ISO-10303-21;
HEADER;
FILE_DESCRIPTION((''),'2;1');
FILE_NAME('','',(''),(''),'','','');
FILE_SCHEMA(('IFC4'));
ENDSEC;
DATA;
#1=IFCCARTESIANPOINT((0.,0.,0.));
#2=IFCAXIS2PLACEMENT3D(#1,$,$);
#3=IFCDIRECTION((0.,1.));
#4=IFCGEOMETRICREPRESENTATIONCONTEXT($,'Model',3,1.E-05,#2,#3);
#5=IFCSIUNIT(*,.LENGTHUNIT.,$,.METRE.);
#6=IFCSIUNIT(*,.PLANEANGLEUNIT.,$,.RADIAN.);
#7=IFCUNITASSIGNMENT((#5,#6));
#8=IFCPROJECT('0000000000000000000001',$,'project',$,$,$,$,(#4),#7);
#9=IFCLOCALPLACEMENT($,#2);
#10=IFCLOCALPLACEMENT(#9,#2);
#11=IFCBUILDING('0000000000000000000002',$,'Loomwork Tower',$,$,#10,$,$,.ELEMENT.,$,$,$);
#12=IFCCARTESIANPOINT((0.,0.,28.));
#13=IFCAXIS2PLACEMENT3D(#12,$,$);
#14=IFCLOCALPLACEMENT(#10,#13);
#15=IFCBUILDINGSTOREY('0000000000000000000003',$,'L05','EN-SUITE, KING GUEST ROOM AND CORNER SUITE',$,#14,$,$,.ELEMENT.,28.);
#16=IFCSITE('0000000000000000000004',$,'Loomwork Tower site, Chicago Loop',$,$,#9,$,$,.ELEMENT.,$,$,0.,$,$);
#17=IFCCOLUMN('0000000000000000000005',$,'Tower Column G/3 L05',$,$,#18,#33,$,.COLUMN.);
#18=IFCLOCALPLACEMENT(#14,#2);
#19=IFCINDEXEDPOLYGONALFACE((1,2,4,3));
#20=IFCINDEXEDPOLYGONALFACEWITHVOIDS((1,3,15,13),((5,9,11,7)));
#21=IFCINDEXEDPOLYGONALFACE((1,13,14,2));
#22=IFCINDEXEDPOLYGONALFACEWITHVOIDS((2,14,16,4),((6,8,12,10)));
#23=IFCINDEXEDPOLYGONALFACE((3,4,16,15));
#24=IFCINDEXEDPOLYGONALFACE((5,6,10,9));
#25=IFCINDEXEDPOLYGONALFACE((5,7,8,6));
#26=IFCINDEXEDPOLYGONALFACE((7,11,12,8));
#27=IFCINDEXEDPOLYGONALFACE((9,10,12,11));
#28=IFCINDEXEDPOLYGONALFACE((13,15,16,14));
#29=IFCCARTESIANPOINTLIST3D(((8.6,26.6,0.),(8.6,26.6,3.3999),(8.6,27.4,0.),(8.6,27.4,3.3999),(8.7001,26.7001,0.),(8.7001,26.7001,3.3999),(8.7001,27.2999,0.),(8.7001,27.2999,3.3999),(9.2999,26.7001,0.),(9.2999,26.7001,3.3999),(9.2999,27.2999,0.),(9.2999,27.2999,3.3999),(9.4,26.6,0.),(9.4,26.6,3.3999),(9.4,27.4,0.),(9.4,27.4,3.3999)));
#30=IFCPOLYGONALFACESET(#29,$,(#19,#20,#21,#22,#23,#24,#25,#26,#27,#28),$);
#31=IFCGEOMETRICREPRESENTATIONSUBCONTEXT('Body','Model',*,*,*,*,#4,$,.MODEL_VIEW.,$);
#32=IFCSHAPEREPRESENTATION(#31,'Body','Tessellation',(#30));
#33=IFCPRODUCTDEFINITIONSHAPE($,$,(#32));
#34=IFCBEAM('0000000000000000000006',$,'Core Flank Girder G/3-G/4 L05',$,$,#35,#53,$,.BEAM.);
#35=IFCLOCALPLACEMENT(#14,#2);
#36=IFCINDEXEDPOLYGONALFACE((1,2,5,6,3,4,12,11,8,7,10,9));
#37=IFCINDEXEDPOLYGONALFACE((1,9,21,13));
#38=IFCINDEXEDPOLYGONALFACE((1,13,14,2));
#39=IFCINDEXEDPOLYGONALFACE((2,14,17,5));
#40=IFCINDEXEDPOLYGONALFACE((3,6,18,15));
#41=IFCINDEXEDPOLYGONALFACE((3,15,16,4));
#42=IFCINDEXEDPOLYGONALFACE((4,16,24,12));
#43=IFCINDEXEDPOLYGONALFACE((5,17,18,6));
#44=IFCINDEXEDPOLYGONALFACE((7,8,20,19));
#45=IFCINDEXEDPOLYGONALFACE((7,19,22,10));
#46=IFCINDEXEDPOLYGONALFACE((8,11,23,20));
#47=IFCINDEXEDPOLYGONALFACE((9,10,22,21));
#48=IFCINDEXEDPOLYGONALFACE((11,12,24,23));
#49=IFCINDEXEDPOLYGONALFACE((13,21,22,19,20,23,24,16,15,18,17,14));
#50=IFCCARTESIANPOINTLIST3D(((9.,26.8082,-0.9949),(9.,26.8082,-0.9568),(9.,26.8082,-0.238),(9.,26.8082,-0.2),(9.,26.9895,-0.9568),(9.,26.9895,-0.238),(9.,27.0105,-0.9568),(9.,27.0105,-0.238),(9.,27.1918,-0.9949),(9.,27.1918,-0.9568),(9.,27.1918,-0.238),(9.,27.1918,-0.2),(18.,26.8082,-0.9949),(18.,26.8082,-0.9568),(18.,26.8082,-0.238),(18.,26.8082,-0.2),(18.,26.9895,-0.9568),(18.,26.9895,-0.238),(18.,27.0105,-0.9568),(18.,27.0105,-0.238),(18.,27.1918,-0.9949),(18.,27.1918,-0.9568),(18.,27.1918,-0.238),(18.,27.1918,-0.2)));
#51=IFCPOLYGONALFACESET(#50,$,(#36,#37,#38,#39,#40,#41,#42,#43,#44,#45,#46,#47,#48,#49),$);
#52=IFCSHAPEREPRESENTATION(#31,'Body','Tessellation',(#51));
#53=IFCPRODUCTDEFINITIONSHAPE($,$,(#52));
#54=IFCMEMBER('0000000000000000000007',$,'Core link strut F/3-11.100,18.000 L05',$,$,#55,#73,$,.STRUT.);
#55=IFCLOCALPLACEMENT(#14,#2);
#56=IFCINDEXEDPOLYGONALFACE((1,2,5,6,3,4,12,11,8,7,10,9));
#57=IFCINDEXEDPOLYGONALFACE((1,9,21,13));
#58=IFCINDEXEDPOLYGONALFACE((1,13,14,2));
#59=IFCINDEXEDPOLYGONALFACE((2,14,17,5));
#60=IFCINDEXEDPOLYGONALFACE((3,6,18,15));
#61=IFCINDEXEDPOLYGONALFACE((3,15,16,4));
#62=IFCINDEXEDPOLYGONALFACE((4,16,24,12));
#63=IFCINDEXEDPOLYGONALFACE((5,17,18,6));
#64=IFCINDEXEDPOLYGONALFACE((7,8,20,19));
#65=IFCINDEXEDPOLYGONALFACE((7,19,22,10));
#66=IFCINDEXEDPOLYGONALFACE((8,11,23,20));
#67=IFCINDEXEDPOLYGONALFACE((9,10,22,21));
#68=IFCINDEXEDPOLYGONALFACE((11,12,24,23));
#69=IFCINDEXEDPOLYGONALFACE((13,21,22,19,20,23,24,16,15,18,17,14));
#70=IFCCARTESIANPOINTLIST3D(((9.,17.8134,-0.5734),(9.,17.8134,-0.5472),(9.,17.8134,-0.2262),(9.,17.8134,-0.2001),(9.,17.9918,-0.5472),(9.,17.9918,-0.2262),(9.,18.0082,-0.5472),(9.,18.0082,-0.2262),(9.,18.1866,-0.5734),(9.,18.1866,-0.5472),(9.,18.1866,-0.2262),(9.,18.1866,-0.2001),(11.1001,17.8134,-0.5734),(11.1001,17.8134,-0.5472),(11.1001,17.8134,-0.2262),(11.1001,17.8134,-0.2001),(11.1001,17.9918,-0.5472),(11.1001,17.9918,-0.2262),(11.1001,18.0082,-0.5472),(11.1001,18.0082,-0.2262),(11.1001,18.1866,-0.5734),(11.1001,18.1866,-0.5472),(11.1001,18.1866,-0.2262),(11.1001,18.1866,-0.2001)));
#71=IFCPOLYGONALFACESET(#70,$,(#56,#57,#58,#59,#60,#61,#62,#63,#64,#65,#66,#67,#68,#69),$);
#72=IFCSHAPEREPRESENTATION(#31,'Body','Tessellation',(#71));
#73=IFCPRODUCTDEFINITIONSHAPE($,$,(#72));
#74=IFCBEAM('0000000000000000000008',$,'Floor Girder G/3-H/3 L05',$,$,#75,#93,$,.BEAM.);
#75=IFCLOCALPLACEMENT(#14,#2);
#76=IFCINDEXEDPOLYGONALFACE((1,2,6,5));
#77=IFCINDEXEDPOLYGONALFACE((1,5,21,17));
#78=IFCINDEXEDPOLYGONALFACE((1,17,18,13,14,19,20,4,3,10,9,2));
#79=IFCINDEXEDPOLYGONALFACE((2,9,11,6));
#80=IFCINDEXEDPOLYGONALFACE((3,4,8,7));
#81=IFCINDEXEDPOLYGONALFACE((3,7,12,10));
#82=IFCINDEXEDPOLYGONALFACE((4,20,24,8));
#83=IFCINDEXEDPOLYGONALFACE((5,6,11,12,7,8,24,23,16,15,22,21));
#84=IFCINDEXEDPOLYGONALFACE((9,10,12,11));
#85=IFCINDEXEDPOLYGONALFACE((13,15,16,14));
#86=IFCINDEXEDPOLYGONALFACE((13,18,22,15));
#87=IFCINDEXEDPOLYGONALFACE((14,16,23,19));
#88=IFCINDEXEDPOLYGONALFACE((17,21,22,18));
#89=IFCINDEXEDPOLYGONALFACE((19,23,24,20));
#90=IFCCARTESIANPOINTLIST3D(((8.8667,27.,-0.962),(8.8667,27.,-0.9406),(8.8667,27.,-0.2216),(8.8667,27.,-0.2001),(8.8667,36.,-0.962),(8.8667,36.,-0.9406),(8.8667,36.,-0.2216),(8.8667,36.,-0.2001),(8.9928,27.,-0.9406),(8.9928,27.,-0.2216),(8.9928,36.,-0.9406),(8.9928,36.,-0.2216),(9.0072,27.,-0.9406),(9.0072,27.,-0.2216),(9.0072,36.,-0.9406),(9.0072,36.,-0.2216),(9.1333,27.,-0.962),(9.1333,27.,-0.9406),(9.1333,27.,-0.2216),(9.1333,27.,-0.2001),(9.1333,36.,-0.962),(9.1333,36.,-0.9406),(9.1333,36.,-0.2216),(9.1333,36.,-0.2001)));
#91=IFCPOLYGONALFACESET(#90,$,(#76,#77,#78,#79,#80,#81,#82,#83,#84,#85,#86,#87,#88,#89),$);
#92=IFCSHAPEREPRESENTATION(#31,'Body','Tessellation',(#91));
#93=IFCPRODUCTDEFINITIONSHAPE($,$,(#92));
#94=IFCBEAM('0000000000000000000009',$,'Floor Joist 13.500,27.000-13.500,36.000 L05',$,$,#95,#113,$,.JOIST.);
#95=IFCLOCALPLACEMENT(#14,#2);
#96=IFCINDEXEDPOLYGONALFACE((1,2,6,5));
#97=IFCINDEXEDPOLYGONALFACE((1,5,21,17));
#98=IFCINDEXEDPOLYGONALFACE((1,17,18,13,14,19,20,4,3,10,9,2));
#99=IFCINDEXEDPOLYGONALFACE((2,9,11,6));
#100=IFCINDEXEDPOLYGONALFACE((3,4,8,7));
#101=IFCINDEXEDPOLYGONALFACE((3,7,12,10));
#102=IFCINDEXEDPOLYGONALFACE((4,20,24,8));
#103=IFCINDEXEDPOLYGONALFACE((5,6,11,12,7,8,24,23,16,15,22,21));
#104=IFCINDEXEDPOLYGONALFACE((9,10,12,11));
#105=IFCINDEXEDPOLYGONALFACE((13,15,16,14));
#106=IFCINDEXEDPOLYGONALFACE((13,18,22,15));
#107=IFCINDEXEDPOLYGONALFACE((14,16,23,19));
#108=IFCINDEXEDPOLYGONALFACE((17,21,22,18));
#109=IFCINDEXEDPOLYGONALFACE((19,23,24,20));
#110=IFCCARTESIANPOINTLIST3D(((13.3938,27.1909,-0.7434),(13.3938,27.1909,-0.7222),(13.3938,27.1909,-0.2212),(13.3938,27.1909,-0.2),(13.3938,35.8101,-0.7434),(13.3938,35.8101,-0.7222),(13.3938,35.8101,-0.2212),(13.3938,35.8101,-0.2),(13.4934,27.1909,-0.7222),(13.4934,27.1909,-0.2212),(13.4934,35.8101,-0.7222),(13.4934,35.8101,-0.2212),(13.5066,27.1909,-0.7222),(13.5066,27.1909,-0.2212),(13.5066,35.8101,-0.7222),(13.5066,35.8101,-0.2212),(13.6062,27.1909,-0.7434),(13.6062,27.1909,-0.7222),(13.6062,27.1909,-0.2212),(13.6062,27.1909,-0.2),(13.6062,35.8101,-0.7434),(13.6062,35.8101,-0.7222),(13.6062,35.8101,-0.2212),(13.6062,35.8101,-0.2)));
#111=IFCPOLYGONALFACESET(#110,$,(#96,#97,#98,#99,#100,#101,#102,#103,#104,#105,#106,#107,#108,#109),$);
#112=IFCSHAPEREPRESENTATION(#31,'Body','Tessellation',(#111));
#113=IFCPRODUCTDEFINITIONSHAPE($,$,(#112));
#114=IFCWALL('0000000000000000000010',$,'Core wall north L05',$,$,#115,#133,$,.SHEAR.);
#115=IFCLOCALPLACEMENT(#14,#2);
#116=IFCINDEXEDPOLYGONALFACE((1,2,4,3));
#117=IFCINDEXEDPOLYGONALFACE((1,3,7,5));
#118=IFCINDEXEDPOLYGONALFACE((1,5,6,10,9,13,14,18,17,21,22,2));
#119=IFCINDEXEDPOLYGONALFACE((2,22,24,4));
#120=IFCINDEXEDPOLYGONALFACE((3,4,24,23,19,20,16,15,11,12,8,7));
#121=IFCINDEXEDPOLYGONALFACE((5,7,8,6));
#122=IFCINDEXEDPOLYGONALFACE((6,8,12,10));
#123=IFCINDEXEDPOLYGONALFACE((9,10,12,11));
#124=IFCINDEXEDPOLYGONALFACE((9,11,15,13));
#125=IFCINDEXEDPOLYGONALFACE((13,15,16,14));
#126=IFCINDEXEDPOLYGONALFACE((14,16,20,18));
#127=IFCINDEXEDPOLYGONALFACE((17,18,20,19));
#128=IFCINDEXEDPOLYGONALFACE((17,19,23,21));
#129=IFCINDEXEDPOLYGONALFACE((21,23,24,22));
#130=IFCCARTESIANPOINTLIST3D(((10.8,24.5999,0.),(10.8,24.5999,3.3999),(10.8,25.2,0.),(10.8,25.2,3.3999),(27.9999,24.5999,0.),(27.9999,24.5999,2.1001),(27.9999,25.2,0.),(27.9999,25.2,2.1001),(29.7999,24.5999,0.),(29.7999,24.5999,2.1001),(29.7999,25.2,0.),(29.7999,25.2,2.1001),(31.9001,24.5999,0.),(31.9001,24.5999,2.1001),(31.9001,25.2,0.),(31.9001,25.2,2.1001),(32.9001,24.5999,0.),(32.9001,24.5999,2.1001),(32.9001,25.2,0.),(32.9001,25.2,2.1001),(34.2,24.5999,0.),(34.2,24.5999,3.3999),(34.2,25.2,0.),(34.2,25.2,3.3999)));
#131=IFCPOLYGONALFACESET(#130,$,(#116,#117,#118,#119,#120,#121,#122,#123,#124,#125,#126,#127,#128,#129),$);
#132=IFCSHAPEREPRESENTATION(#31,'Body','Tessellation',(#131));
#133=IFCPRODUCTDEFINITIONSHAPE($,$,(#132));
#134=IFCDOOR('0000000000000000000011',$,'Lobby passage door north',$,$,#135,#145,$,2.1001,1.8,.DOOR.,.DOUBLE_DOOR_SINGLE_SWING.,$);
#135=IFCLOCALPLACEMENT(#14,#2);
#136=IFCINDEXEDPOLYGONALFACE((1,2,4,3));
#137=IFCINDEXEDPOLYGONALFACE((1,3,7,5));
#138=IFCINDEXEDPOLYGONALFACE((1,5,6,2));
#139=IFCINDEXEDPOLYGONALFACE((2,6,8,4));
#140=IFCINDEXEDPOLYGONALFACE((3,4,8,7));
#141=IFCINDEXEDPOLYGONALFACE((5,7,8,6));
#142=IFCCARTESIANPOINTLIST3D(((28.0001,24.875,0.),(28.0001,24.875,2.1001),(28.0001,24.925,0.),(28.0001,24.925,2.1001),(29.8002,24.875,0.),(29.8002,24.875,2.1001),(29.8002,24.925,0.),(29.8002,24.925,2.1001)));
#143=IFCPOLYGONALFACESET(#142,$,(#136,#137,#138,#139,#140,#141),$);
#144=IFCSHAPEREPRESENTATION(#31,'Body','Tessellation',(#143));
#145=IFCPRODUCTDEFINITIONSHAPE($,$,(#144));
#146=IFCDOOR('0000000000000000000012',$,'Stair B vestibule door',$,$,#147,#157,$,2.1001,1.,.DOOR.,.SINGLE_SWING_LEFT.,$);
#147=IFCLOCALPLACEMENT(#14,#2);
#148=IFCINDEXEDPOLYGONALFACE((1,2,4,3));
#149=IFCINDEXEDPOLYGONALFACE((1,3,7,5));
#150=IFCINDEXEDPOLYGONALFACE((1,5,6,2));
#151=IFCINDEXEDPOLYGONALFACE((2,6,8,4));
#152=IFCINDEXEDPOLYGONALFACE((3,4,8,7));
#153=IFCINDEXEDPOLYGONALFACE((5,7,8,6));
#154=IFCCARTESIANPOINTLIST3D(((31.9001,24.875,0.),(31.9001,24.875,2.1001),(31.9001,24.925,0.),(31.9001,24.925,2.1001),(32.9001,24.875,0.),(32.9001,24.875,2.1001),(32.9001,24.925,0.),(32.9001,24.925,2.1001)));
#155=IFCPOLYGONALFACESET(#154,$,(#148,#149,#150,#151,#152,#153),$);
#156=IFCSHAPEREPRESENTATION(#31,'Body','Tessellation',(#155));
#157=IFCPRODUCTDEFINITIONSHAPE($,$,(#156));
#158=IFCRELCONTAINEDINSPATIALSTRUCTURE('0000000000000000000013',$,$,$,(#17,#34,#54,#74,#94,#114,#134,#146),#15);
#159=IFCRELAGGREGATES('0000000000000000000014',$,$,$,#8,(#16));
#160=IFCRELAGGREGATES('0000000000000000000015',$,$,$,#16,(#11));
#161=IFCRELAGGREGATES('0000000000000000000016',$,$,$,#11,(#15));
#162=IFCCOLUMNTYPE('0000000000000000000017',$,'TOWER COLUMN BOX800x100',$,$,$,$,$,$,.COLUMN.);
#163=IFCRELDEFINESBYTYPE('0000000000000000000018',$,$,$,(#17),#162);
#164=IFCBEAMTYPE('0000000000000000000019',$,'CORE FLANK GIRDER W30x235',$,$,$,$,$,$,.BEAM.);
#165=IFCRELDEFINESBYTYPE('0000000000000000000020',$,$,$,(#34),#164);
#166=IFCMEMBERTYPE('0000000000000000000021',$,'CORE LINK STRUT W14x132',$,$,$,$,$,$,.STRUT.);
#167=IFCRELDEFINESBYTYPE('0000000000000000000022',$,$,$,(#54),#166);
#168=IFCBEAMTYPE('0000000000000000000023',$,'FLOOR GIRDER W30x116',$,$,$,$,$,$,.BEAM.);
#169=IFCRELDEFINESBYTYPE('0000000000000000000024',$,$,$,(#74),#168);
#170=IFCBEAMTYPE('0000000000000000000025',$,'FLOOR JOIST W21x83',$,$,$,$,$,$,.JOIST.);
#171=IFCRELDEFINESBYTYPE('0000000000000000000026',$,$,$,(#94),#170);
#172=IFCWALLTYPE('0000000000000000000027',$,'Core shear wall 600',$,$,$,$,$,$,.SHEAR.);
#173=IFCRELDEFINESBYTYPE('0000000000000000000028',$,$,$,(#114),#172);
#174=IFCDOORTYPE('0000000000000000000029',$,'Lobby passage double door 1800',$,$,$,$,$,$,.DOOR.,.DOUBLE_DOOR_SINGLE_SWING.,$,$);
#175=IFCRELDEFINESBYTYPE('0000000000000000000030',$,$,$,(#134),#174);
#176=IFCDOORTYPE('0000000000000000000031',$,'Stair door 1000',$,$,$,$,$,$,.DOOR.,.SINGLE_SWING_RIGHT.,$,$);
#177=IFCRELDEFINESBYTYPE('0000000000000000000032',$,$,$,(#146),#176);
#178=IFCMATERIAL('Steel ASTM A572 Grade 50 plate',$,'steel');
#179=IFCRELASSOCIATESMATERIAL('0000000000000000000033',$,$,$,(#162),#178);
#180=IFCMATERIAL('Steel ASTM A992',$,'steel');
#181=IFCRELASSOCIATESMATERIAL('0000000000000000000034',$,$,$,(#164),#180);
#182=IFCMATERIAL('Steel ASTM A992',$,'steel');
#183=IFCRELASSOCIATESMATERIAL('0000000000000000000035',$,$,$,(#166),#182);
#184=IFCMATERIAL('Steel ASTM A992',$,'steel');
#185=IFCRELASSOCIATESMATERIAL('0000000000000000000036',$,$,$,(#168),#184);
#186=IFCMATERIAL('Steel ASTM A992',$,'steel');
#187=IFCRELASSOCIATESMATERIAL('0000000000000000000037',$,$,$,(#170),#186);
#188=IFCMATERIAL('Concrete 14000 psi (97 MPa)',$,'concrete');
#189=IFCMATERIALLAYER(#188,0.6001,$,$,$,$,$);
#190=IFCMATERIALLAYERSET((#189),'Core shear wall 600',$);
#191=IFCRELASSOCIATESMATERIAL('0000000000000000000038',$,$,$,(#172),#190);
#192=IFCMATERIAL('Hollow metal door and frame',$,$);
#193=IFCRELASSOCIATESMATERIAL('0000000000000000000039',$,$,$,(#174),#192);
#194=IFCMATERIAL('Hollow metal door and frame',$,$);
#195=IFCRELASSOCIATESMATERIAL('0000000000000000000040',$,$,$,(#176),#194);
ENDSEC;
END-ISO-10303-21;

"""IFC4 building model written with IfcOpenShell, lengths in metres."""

from ifc_helpers import new_model, si_unit, direction, frame, frame_2d, origin, origin_2d, place, context, subcontext, project, spatial, rectangle, hollow_rectangle, i_section, extrude, material, layer, layer_set, material_profile, profile_set, type_object, element, fill, save


model = new_model("IFC4")

# Units and contexts
model_context = context("Model", 3, precision=1e-05, world=origin(), true_north=direction((0.0, 1.0)))
body_context = subcontext(model_context, "Body", "Model", "MODEL_VIEW")
ifc_project = project(units=[si_unit("LENGTHUNIT", "METRE"), si_unit("PLANEANGLEUNIT", "RADIAN")], contexts=[model_context])

# Site, building, storey
site_placement = place(None, origin())
site = spatial("IfcSite", under=ifc_project, at=site_placement, Name="Loomwork Tower site, Chicago Loop", CompositionType="ELEMENT", RefElevation=0.0)
building_placement = place(site_placement, origin())
building = spatial("IfcBuilding", under=site, at=building_placement, Name="Loomwork Tower", CompositionType="ELEMENT")
storey_placement = place(building_placement, frame((0.0, 0.0, 28.0)))
storey = spatial("IfcBuildingStorey", under=building, at=storey_placement, Name="L05", Description="EN-SUITE, KING GUEST ROOM AND CORNER SUITE", CompositionType="ELEMENT", Elevation=28.0)

# Column
ifc_material_1 = material(Name="Steel ASTM A572 Grade 50 plate", Category="steel")
ifc_material_profile_1 = material_profile(ifc_material_1, hollow_rectangle(XDim=0.8, YDim=0.8, WallThickness=0.1001, at=origin_2d()), Name="BOX800x100")
ifc_profile_set_1 = profile_set([ifc_material_profile_1], Name="Steel ASTM A572 Grade 50 plate")
column_type = type_object("IfcColumnType", Name="TOWER COLUMN BOX800x100", PredefinedType="COLUMN", material=ifc_profile_set_1)
column_placement = place(storey_placement, frame((9.0, 27.0, 0.0), z_axis=(0.0, 0.0, 1.0), x_axis=(1.0, 0.0, 0.0)))
element("IfcColumn", 1, at=column_placement, inside=storey, type_object=column_type, Name="Tower Column G/3 L05", PredefinedType="COLUMN", context=body_context, shape_type="SweptSolid", body=[
    extrude(hollow_rectangle(XDim=0.8, YDim=0.8, WallThickness=0.1001, at=origin_2d()), origin(), (0.0, 0.0, 1.0), 3.3999),
])

# Beam
ifc_material_2 = material(Name="Steel ASTM A992", Category="steel")
ifc_material_profile_2 = material_profile(ifc_material_2, i_section(OverallWidth=0.3835, OverallDepth=0.7949, WebThickness=0.021, FlangeThickness=0.0381, at=origin_2d()), Name="W30x235")
ifc_profile_set_2 = profile_set([ifc_material_profile_2], Name="Steel ASTM A992")
beam_type_1 = type_object("IfcBeamType", Name="CORE FLANK GIRDER W30x235", PredefinedType="BEAM", material=ifc_profile_set_2)
beam_1_placement = place(storey_placement, frame((9.0, 27.0, -0.5974), z_axis=(1.0, 0.0, 0.0), x_axis=(0.0, 1.0, 0.0)))
element("IfcBeam", 2, at=beam_1_placement, inside=storey, type_object=beam_type_1, Name="Core Flank Girder G/3-G/4 L05", PredefinedType="BEAM", context=body_context, shape_type="SweptSolid", body=[
    extrude(i_section(OverallWidth=0.3835, OverallDepth=0.7949, WebThickness=0.021, FlangeThickness=0.0381, at=origin_2d()), origin(), (0.0, 0.0, 1.0), 9.0),
])

# Member
ifc_material_3 = material(Name="Steel ASTM A992", Category="steel")
ifc_material_profile_3 = material_profile(ifc_material_3, i_section(OverallWidth=0.3733, OverallDepth=0.3733, WebThickness=0.0164, FlangeThickness=0.0261, at=origin_2d()), Name="W14x132")
ifc_profile_set_3 = profile_set([ifc_material_profile_3], Name="Steel ASTM A992")
member_type = type_object("IfcMemberType", Name="CORE LINK STRUT W14x132", PredefinedType="STRUT", material=ifc_profile_set_3)
member_placement = place(storey_placement, frame((9.0, 18.0, -0.3867), z_axis=(1.0, 0.0, 0.0), x_axis=(0.0, 1.0, 0.0)))
element("IfcMember", 3, at=member_placement, inside=storey, type_object=member_type, Name="Core link strut F/3-11.100,18.000 L05", PredefinedType="STRUT", context=body_context, shape_type="SweptSolid", body=[
    extrude(i_section(OverallWidth=0.3733, OverallDepth=0.3733, WebThickness=0.0164, FlangeThickness=0.0261, at=origin_2d()), origin(), (0.0, 0.0, 1.0), 2.1001),
])

# Beams
ifc_material_4 = material(Name="Steel ASTM A992", Category="steel")
ifc_material_profile_4 = material_profile(ifc_material_4, i_section(OverallWidth=0.2666, OverallDepth=0.762, WebThickness=0.0144, FlangeThickness=0.0215, at=origin_2d()), Name="W30x116")
ifc_profile_set_4 = profile_set([ifc_material_profile_4], Name="Steel ASTM A992")
beam_type_2 = type_object("IfcBeamType", Name="FLOOR GIRDER W30x116", PredefinedType="BEAM", material=ifc_profile_set_4)
beam_2_placement = place(storey_placement, frame((9.0, 27.0, -0.5811), z_axis=(0.0, 1.0, 0.0), x_axis=(-1.0, 0.0, 0.0)))
element("IfcBeam", 4, at=beam_2_placement, inside=storey, type_object=beam_type_2, Name="Floor Girder G/3-H/3 L05", PredefinedType="BEAM", context=body_context, shape_type="SweptSolid", body=[
    extrude(i_section(OverallWidth=0.2666, OverallDepth=0.762, WebThickness=0.0144, FlangeThickness=0.0215, at=origin_2d()), origin(), (0.0, 0.0, 1.0), 9.0),
])
ifc_material_5 = material(Name="Steel ASTM A992", Category="steel")
ifc_material_profile_5 = material_profile(ifc_material_5, i_section(OverallWidth=0.2124, OverallDepth=0.5435, WebThickness=0.0132, FlangeThickness=0.0212, at=origin_2d()), Name="W21x83")
ifc_profile_set_5 = profile_set([ifc_material_profile_5], Name="Steel ASTM A992")
beam_type_3 = type_object("IfcBeamType", Name="FLOOR JOIST W21x83", PredefinedType="JOIST", material=ifc_profile_set_5)
beam_3_placement = place(storey_placement, frame((13.5, 27.1909, -0.4717), z_axis=(0.0, 1.0, 0.0), x_axis=(-1.0, 0.0, 0.0)))
element("IfcBeam", 5, at=beam_3_placement, inside=storey, type_object=beam_type_3, Name="Floor Joist 13.500,27.000-13.500,36.000 L05", PredefinedType="JOIST", context=body_context, shape_type="SweptSolid", body=[
    extrude(i_section(OverallWidth=0.2124, OverallDepth=0.5435, WebThickness=0.0132, FlangeThickness=0.0212, at=origin_2d()), origin(), (0.0, 0.0, 1.0), 8.6191),
])

# Wall, openings, doors
ifc_material_6 = material(Name="Concrete 14000 psi (97 MPa)", Category="concrete")
ifc_layer_1 = layer(ifc_material_6, 0.6001)
ifc_layer_set_1 = layer_set([ifc_layer_1], Name="Core shear wall 600")
wall_type_1 = type_object("IfcWallType", Name="Core shear wall 600", PredefinedType="SHEAR", material=ifc_layer_set_1)
wall_1_placement = place(storey_placement, frame((10.8, 24.8999, 0.0), z_axis=(0.0, 0.0, 1.0), x_axis=(1.0, 0.0, 0.0)))
wall_1 = element("IfcWall", 6, at=wall_1_placement, inside=storey, type_object=wall_type_1, Name="Core wall north L05", PredefinedType="SHEAR", context=body_context, shape_type="SweptSolid", body=[
    extrude(rectangle(XDim=23.3999, YDim=0.6001, at=frame_2d((11.7, 0.0))), origin(), (0.0, 0.0, 1.0), 3.3999),
])
opening_1_placement = place(wall_1_placement, frame((17.2, 0.0, 0.0)))
opening_1 = element("IfcOpeningElement", 7, at=opening_1_placement, cuts=wall_1, PredefinedType="OPENING", context=body_context, shape_type="SweptSolid", body=[
    extrude(rectangle(XDim=1.8, YDim=2.1001, at=frame_2d((0.8999, 1.05))), frame((0.0, 0.3101, 0.0), z_axis=(0.0, -1.0, 0.0), x_axis=(1.0, 0.0, 0.0)), (0.0, 0.0, 1.0), 0.6201),
])
opening_2_placement = place(wall_1_placement, frame((21.1001, 0.0, 0.0)))
opening_2 = element("IfcOpeningElement", 8, at=opening_2_placement, cuts=wall_1, PredefinedType="OPENING", context=body_context, shape_type="SweptSolid", body=[
    extrude(rectangle(XDim=1.0, YDim=2.1001, at=frame_2d((0.5, 1.05))), frame((0.0, 0.3101, 0.0), z_axis=(0.0, -1.0, 0.0), x_axis=(1.0, 0.0, 0.0)), (0.0, 0.0, 1.0), 0.6201),
])
ifc_material_7 = material(Name="Hollow metal door and frame")
door_type_1 = type_object("IfcDoorType", Name="Lobby passage double door 1800", OperationType="DOUBLE_DOOR_SINGLE_SWING", PredefinedType="DOOR", material=ifc_material_7)
door_1_placement = place(opening_1_placement, frame((1.8, 0.0, 0.0), z_axis=(0.0, 0.0, 1.0), x_axis=(-1.0, 0.0, 0.0)))
door_1 = element("IfcDoor", 9, at=door_1_placement, inside=storey, type_object=door_type_1, Name="Lobby passage door north", OperationType="DOUBLE_DOOR_SINGLE_SWING", OverallHeight=2.1001, OverallWidth=1.8, PredefinedType="DOOR", context=body_context, shape_type="SweptSolid", body=[
    extrude(rectangle(XDim=1.8, YDim=2.1001, at=frame_2d((0.8999, 1.05))), frame((0.0, 0.0249, 0.0), z_axis=(0.0, -1.0, 0.0), x_axis=(1.0, 0.0, 0.0)), (0.0, 0.0, 1.0), 0.05),
])
fill(opening_1, door_1)
ifc_material_8 = material(Name="Hollow metal door and frame")
door_type_2 = type_object("IfcDoorType", Name="Stair door 1000", OperationType="SINGLE_SWING_RIGHT", PredefinedType="DOOR", material=ifc_material_8)
door_2_placement = place(opening_2_placement, frame((1.0, 0.0, 0.0), z_axis=(0.0, 0.0, 1.0), x_axis=(-1.0, 0.0, 0.0)))
door_2 = element("IfcDoor", 10, at=door_2_placement, inside=storey, type_object=door_type_2, Name="Stair B vestibule door", OperationType="SINGLE_SWING_LEFT", OverallHeight=2.1001, OverallWidth=1.0, PredefinedType="DOOR", context=body_context, shape_type="SweptSolid", body=[
    extrude(rectangle(XDim=1.0, YDim=2.1001, at=frame_2d((0.5, 1.05))), frame((0.0, 0.0249, 0.0), z_axis=(0.0, -1.0, 0.0), x_axis=(1.0, 0.0, 0.0)), (0.0, 0.0, 1.0), 0.05),
])
fill(opening_2, door_2)

save(model, "model.ifc")
